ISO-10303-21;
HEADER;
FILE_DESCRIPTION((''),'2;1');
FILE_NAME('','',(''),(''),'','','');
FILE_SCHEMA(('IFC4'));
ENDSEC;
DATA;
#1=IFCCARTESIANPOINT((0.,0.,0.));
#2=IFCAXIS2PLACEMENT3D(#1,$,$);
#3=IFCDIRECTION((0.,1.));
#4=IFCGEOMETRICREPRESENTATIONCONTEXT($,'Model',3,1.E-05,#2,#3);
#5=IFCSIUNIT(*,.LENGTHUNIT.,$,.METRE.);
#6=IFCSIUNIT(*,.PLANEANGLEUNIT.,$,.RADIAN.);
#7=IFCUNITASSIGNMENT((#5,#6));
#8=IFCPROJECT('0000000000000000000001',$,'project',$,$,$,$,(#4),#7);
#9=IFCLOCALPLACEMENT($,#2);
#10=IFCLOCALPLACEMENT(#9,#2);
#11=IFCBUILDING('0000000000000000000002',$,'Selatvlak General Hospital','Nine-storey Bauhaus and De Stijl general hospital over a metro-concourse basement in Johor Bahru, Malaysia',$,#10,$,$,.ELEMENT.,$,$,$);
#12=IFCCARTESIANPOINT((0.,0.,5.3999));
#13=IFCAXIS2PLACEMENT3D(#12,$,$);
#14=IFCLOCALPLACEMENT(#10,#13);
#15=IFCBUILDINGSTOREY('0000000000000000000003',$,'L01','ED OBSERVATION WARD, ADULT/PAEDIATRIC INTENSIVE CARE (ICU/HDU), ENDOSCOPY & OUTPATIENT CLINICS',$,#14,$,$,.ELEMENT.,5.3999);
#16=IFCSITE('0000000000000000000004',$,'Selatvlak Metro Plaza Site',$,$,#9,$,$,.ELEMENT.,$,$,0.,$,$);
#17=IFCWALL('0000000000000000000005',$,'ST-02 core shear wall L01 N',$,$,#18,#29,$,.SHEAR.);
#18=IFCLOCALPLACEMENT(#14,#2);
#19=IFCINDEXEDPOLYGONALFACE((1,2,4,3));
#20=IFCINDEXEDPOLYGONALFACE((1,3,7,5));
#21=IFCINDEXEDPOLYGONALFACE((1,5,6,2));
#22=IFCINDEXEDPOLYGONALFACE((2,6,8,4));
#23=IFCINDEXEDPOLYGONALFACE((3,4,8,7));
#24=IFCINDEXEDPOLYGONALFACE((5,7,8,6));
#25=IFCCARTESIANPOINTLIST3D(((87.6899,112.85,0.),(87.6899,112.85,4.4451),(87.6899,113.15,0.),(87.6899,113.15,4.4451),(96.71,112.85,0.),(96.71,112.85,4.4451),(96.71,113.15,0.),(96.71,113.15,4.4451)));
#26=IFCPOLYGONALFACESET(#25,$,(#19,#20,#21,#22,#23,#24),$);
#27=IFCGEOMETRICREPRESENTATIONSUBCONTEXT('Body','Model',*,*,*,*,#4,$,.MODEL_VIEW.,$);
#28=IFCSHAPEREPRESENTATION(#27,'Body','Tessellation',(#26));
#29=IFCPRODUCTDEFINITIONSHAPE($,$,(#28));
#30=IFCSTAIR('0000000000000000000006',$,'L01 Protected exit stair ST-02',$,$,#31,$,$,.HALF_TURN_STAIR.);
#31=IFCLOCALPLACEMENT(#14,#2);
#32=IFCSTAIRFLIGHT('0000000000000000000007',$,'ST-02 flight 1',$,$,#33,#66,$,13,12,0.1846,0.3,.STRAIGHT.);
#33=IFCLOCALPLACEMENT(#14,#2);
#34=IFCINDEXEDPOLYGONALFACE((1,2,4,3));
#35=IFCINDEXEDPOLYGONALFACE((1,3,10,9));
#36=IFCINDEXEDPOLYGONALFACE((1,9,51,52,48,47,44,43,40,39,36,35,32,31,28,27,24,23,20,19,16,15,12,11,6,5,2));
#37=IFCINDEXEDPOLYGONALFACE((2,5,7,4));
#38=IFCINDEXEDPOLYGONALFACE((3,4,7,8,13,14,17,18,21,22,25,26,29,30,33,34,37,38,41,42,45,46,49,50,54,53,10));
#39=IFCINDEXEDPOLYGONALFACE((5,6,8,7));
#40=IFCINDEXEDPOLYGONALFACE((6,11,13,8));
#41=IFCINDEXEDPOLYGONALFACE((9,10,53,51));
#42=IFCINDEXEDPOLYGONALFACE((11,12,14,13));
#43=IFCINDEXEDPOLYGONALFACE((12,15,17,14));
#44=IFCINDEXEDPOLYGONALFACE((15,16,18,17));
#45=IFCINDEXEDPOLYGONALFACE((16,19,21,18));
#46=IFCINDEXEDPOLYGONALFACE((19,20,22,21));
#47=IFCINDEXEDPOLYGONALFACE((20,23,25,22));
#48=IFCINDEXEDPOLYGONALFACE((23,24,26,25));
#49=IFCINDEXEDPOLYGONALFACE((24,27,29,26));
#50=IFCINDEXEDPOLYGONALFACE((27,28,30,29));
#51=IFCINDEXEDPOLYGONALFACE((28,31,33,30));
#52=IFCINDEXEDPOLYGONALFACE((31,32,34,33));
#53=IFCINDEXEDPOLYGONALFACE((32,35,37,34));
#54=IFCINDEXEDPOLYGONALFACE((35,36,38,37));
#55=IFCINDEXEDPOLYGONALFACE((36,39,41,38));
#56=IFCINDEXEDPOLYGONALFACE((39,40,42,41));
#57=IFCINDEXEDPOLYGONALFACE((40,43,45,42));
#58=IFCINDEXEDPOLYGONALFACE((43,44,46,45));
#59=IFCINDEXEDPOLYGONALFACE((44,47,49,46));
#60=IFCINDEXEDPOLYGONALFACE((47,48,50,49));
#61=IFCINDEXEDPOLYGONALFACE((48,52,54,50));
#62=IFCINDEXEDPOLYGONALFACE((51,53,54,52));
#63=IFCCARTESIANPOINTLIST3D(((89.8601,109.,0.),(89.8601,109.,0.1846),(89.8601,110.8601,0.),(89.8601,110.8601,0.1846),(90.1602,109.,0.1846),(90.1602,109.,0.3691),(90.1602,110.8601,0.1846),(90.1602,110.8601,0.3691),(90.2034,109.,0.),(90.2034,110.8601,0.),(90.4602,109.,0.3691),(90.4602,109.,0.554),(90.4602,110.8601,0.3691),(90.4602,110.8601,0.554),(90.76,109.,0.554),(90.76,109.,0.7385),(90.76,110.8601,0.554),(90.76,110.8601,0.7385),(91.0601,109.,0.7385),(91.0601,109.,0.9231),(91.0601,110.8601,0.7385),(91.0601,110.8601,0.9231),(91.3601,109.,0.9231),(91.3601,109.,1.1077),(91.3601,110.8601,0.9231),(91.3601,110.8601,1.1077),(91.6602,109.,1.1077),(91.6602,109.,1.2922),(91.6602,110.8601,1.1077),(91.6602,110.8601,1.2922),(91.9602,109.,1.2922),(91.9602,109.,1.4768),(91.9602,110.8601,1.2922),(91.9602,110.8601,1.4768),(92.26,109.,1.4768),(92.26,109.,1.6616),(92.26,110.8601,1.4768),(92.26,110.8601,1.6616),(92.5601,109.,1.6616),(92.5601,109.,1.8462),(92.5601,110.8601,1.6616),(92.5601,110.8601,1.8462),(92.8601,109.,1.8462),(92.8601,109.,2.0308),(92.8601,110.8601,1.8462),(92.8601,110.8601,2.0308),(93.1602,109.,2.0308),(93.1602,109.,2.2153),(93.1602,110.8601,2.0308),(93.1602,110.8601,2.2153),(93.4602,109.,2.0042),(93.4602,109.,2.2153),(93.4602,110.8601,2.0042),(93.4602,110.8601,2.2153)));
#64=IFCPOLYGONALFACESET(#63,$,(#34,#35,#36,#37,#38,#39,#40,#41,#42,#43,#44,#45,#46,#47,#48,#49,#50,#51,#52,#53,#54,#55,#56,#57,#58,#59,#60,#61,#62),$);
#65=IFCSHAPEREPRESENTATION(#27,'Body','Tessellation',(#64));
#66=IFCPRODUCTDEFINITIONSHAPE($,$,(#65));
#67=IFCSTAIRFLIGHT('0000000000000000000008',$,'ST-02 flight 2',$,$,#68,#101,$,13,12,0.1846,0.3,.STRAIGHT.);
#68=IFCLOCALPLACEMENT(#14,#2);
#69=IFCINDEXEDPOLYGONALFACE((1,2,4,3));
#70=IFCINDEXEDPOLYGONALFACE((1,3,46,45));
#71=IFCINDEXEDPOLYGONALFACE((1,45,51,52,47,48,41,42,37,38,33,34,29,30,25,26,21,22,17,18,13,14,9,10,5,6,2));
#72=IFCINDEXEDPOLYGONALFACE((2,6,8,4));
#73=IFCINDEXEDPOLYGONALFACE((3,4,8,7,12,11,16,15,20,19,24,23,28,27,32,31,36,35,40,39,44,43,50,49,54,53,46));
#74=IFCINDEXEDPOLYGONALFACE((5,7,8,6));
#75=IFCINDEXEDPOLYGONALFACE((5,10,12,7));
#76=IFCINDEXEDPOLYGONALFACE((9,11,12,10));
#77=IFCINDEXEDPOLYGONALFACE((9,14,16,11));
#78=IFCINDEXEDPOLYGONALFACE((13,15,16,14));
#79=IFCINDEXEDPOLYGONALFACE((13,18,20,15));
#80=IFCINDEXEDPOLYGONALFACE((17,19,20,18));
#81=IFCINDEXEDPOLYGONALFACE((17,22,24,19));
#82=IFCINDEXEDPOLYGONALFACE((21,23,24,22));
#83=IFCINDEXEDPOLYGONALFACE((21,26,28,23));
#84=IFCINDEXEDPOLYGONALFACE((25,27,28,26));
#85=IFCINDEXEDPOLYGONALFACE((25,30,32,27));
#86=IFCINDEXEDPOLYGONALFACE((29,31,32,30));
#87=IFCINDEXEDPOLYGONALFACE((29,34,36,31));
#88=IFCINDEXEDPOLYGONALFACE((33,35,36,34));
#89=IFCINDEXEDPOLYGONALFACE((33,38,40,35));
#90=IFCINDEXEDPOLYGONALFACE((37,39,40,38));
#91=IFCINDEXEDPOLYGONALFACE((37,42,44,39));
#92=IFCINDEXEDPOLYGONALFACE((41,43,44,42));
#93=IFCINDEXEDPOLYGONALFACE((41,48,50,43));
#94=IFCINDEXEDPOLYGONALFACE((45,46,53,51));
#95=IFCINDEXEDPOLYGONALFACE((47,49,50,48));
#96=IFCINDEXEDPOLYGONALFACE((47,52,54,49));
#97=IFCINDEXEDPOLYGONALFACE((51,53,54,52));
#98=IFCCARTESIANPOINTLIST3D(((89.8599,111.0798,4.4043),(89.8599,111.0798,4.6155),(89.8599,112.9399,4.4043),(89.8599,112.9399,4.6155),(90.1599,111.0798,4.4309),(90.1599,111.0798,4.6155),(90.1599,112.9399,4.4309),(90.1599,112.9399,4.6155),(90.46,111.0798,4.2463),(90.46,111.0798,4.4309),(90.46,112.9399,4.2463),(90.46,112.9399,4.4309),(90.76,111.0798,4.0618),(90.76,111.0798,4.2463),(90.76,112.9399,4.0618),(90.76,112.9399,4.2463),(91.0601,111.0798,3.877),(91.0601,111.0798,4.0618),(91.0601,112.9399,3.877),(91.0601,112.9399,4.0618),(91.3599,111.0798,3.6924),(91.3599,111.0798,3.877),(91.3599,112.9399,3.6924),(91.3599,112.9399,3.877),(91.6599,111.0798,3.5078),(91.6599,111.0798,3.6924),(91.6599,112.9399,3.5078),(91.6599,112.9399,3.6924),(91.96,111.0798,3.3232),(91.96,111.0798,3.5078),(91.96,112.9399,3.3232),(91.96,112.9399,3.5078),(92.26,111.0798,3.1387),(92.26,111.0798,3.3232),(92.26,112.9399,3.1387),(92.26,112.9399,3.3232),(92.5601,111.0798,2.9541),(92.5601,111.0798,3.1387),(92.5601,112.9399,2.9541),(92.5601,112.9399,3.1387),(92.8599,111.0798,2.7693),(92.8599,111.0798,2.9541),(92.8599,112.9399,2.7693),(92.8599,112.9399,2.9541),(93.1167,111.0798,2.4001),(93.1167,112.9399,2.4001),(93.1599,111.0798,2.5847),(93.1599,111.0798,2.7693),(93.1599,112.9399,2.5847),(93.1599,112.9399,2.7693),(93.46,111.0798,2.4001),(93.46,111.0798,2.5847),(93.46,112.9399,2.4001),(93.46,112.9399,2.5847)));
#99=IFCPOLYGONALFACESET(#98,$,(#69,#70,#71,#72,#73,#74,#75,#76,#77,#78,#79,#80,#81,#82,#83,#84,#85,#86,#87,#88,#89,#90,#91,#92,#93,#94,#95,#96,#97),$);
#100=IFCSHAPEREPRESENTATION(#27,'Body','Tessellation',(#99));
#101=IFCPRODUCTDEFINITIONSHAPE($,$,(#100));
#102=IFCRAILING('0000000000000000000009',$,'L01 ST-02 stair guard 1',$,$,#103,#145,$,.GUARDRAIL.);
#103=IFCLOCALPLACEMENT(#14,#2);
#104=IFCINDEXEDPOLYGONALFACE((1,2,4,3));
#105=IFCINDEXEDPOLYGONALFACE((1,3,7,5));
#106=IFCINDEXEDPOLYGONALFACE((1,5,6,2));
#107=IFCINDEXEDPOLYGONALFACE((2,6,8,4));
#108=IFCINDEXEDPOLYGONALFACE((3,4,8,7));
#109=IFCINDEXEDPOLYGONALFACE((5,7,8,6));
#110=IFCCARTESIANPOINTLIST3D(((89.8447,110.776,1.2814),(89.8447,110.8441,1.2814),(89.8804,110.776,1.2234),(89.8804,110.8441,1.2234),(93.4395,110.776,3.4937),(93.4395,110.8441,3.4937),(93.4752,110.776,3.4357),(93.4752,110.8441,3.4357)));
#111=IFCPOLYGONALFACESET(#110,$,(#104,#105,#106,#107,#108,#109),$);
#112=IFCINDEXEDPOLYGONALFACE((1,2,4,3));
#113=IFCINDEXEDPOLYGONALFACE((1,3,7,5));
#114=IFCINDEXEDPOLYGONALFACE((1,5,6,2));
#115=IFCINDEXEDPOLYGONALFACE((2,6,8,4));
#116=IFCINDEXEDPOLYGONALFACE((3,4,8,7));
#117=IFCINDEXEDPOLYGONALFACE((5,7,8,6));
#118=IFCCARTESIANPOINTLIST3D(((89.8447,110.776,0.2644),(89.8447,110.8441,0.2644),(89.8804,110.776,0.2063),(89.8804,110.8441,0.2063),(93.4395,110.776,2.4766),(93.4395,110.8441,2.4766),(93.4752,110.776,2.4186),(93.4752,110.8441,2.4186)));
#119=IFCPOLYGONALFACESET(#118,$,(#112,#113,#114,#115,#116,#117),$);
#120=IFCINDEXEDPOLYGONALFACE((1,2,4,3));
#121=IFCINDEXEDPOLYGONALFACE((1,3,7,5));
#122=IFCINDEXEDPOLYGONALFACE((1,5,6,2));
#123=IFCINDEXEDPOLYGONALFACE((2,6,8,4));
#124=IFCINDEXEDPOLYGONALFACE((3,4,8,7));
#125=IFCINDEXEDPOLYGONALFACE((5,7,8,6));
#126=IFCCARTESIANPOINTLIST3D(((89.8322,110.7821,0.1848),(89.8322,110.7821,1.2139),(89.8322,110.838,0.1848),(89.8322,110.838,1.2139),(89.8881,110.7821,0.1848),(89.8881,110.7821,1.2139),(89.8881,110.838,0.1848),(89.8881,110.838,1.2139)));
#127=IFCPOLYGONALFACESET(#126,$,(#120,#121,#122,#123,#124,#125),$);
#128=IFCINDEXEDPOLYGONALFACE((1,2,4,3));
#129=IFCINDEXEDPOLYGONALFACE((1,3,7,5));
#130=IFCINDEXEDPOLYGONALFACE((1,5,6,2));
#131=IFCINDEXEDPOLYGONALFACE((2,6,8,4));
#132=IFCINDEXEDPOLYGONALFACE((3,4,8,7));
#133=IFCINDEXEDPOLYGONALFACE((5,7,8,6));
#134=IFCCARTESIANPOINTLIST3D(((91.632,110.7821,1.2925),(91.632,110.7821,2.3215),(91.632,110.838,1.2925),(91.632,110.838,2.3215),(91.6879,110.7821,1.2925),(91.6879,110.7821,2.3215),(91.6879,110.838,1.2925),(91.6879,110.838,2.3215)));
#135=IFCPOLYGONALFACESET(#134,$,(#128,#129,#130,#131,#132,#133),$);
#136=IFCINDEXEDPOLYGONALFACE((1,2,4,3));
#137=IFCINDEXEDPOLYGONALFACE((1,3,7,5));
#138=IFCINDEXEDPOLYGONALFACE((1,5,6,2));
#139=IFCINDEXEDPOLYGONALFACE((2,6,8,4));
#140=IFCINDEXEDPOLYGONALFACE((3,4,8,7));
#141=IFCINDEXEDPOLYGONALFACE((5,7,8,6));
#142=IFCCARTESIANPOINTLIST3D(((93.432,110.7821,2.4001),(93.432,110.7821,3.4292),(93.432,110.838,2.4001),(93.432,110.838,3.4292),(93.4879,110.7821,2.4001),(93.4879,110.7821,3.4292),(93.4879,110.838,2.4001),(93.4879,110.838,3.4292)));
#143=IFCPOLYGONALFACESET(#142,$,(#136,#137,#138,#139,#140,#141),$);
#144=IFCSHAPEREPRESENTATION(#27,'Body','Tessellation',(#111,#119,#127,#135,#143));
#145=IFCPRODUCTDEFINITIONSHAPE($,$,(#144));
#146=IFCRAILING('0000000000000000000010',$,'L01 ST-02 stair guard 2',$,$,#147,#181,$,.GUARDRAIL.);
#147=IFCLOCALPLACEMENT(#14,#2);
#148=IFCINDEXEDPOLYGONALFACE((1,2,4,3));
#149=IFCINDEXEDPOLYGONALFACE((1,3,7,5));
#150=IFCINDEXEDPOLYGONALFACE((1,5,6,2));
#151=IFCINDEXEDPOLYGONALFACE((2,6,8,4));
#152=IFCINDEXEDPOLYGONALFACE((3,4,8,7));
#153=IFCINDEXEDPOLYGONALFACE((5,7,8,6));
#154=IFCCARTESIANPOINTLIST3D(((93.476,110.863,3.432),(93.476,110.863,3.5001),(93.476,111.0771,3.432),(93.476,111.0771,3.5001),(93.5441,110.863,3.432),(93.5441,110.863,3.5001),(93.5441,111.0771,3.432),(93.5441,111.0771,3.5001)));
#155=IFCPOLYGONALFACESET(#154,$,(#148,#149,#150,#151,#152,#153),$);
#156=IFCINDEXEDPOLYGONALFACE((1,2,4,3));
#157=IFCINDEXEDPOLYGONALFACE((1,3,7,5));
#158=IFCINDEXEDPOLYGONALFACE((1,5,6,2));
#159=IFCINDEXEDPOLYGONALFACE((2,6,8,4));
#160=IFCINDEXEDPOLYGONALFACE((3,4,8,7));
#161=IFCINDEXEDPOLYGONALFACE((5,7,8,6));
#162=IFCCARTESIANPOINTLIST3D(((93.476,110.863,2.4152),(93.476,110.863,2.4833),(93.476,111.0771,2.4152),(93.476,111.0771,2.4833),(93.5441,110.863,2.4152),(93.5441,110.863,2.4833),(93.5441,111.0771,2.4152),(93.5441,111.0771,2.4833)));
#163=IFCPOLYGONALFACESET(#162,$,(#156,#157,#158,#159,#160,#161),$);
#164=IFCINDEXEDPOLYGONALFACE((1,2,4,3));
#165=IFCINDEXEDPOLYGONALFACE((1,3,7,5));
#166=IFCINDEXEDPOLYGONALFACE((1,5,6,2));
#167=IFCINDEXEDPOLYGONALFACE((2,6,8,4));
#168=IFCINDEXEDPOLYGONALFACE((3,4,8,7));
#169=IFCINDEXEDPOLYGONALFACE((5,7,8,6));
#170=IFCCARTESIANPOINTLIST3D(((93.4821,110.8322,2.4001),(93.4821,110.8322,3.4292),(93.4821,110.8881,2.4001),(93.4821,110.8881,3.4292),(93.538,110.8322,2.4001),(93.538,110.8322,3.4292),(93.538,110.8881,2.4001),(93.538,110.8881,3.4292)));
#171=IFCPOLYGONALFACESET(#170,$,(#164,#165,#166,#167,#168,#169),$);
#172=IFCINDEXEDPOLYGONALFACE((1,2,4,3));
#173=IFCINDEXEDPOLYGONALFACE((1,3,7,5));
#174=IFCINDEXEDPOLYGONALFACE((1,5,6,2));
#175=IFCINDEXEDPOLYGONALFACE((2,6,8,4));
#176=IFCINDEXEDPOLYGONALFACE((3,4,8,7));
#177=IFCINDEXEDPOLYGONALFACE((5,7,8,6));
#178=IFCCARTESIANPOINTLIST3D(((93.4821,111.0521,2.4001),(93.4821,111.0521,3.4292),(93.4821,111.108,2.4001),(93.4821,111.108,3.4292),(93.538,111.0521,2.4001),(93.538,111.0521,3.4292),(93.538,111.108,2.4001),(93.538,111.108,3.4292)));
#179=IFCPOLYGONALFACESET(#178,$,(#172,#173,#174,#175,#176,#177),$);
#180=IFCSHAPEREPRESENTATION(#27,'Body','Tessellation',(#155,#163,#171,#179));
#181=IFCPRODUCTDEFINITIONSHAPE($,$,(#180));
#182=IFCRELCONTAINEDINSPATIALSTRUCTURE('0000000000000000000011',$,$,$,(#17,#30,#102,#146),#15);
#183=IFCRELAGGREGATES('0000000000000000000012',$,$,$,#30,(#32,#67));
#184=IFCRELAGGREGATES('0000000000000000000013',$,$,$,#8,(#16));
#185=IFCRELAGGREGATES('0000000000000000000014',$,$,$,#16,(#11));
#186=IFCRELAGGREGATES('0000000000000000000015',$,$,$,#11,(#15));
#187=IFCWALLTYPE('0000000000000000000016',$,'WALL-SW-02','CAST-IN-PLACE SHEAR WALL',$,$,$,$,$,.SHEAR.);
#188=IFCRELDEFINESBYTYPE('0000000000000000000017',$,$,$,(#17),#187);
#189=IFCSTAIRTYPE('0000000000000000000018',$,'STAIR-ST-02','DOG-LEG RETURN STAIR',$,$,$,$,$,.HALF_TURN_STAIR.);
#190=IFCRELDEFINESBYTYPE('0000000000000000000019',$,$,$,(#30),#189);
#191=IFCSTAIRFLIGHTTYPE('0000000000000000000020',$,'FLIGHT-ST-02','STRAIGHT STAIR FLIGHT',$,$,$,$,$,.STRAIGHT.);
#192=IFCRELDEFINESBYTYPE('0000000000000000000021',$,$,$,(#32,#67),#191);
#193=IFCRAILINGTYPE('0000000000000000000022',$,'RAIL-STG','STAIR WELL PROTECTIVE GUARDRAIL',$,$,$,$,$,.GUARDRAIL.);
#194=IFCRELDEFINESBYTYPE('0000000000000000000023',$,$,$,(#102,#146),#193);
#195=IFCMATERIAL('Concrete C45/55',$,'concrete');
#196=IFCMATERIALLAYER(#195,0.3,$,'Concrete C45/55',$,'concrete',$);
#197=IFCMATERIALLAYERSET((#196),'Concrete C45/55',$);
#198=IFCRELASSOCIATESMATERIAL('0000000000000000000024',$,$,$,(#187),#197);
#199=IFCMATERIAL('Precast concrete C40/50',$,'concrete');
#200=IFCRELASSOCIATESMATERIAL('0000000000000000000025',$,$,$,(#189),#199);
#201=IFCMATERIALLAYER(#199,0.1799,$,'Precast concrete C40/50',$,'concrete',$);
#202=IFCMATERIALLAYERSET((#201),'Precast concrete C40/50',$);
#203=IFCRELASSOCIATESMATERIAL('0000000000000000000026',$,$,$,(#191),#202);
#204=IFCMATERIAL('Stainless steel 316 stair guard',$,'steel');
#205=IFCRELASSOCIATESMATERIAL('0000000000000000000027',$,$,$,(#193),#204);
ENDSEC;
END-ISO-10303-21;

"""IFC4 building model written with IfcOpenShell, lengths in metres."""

from ifc_helpers import new_model, si_unit, direction, frame, frame_2d, origin, origin_2d, place, context, subcontext, project, spatial, polyline, rectangle, outline, extrude, material, layer, layer_set, type_object, element, aggregate, save


model = new_model("IFC4")

# Units and contexts
model_context = context("Model", 3, precision=1e-05, world=origin(), true_north=direction((0.0, 1.0)))
body_context = subcontext(model_context, "Body", "Model", "MODEL_VIEW")
ifc_project = project(units=[si_unit("LENGTHUNIT", "METRE"), si_unit("PLANEANGLEUNIT", "RADIAN")], contexts=[model_context])

# Site, building, storey
site_placement = place(None, origin())
site = spatial("IfcSite", under=ifc_project, at=site_placement, Name="Selatvlak Metro Plaza Site", CompositionType="ELEMENT", RefElevation=0.0)
building_placement = place(site_placement, origin())
building = spatial("IfcBuilding", under=site, at=building_placement, Name="Selatvlak General Hospital", Description="Nine-storey Bauhaus and De Stijl general hospital over a metro-concourse basement in Johor Bahru, Malaysia", CompositionType="ELEMENT")
storey_placement = place(building_placement, frame((0.0, 0.0, 5.3999)))
storey = spatial("IfcBuildingStorey", under=building, at=storey_placement, Name="L01", Description="ED OBSERVATION WARD, ADULT/PAEDIATRIC INTENSIVE CARE (ICU/HDU), ENDOSCOPY & OUTPATIENT CLINICS", CompositionType="ELEMENT", Elevation=5.3999)

# Wall
ifc_material_1 = material(Name="Concrete C45/55", Category="concrete")
ifc_layer_1 = layer(ifc_material_1, 0.3, Name="Concrete C45/55", Category="concrete")
ifc_layer_set_1 = layer_set([ifc_layer_1], Name="Concrete C45/55")
wall_type_1 = type_object("IfcWallType", Name="WALL-SW-02", Description="CAST-IN-PLACE SHEAR WALL", PredefinedType="SHEAR", material=ifc_layer_set_1)
wall_1_placement = place(storey_placement, frame((96.71, 113.0, 0.0), z_axis=(0.0, 0.0, 1.0), x_axis=(-1.0, 0.0, 0.0)))
element("IfcWall", 1, at=wall_1_placement, inside=storey, type_object=wall_type_1, Name="ST-02 core shear wall L01 N", PredefinedType="SHEAR", context=body_context, shape_type="SweptSolid", body=[
    extrude(rectangle(XDim=9.02, YDim=0.3, at=frame_2d((4.51, 0.0))), origin(), (0.0, 0.0, 1.0), 4.4451),
])

# Stair, stair flights
ifc_material_2 = material(Name="Precast concrete C40/50", Category="concrete")
stair_type = type_object("IfcStairType", Name="STAIR-ST-02", Description="DOG-LEG RETURN STAIR", PredefinedType="HALF_TURN_STAIR", material=ifc_material_2)
stair_placement = place(storey_placement, origin())
stair = element("IfcStair", 2, at=stair_placement, inside=storey, type_object=stair_type, Name="L01 Protected exit stair ST-02", PredefinedType="HALF_TURN_STAIR")
ifc_layer_2 = layer(ifc_material_2, 0.1799, Name="Precast concrete C40/50", Category="concrete")
ifc_layer_set_2 = layer_set([ifc_layer_2], Name="Precast concrete C40/50")
stair_flight_type = type_object("IfcStairFlightType", Name="FLIGHT-ST-02", Description="STRAIGHT STAIR FLIGHT", PredefinedType="STRAIGHT", material=ifc_layer_set_2)
stair_flight_1_placement = place(storey_placement, frame((89.8601, 109.9299, 0.0), z_axis=(0.0, 0.0, 1.0), x_axis=(1.0, 0.0, 0.0)))
stair_flight_1 = element("IfcStairFlight", 3, at=stair_flight_1_placement, type_object=stair_flight_type, Name="ST-02 flight 1", NumberOfRisers=13, NumberOfTreads=12, PredefinedType="STRAIGHT", RiserHeight=0.1846, TreadLength=0.3, context=body_context, shape_type="SweptSolid", body=[
    extrude(outline(polyline([(0.0, 0.0), (0.0, 0.1846), (0.3, 0.1846), (0.3, 0.3691), (0.6001, 0.3691), (0.6001, 0.554), (0.8999, 0.554), (0.8999, 0.7385), (1.2, 0.7385), (1.2, 0.9231), (1.5, 0.9231), (1.5, 1.1077), (1.8, 1.1077), (1.8, 1.2922), (2.1001, 1.2922), (2.1001, 1.4768), (2.3999, 1.4768), (2.3999, 1.6616), (2.7, 1.6616), (2.7, 1.8462), (3.0, 1.8462), (3.0, 2.0308), (3.3, 2.0308), (3.3, 2.2153), (3.6001, 2.2153), (3.6001, 2.3999), (3.6001, 2.0042), (0.3433, 0.0), (0.0, 0.0)])), frame((0.0, 0.9302, 0.0), z_axis=(0.0, -1.0, 0.0), x_axis=(1.0, 0.0, 0.0)), (0.0, 0.0, 1.0), 1.8601),
])
stair_flight_2_placement = place(storey_placement, frame((93.46, 112.01, 2.4001), z_axis=(0.0, 0.0, 1.0), x_axis=(-1.0, 0.0, 0.0)))
stair_flight_2 = element("IfcStairFlight", 4, at=stair_flight_2_placement, type_object=stair_flight_type, Name="ST-02 flight 2", NumberOfRisers=13, NumberOfTreads=12, PredefinedType="STRAIGHT", RiserHeight=0.1846, TreadLength=0.3, context=body_context, shape_type="SweptSolid", body=[
    extrude(outline(polyline([(0.0, 0.0), (0.0, 0.1846), (0.3, 0.1846), (0.3, 0.3691), (0.6001, 0.3691), (0.6001, 0.554), (0.8999, 0.554), (0.8999, 0.7385), (1.2, 0.7385), (1.2, 0.9231), (1.5, 0.9231), (1.5, 1.1077), (1.8, 1.1077), (1.8, 1.2922), (2.1001, 1.2922), (2.1001, 1.4768), (2.3999, 1.4768), (2.3999, 1.6616), (2.7, 1.6616), (2.7, 1.8462), (3.0, 1.8462), (3.0, 2.0308), (3.3, 2.0308), (3.3, 2.2153), (3.6001, 2.2153), (3.6001, 2.3999), (3.6001, 2.0042), (0.3433, 0.0), (0.0, 0.0)])), frame((0.0, 0.9302, 0.0), z_axis=(0.0, -1.0, 0.0), x_axis=(1.0, 0.0, 0.0)), (0.0, 0.0, 1.0), 1.8601),
])
aggregate(stair, [stair_flight_1, stair_flight_2])

# Railings
ifc_material_3 = material(Name="Stainless steel 316 stair guard", Category="steel")
railing_type_1 = type_object("IfcRailingType", Name="RAIL-STG", Description="STAIR WELL PROTECTIVE GUARDRAIL", PredefinedType="GUARDRAIL", material=ifc_material_3)
railing_1_placement = place(storey_placement, frame((89.8601, 110.8101, 0.1848)))
element("IfcRailing", 5, at=railing_1_placement, inside=storey, type_object=railing_type_1, Name="L01 ST-02 stair guard 1", PredefinedType="GUARDRAIL", context=body_context, shape_type="SweptSolid", body=[
    extrude(rectangle(XDim=0.0681, YDim=0.0681, at=origin_2d()), frame((0.0024, 0.0, 1.0676), z_axis=(0.851654, 0.0, 0.524104), x_axis=(0.0, 1.0, 0.0)), (0.0, 0.0, 1.0), 4.2209),
    extrude(rectangle(XDim=0.0681, YDim=0.0681, at=origin_2d()), frame((0.0024, 0.0, 0.0505), z_axis=(0.851654, 0.0, 0.524104), x_axis=(0.0, 1.0, 0.0)), (0.0, 0.0, 1.0), 4.2209),
    extrude(rectangle(XDim=0.0559, YDim=0.0559, at=origin_2d()), origin(), (0.0, 0.0, 1.0), 1.0291),
    extrude(rectangle(XDim=0.0559, YDim=0.0559, at=origin_2d()), frame((1.7998, 0.0, 1.1077)), (0.0, 0.0, 1.0), 1.0291),
    extrude(rectangle(XDim=0.0559, YDim=0.0559, at=origin_2d()), frame((3.5999, 0.0, 2.2153)), (0.0, 0.0, 1.0), 1.0291),
])
railing_2_placement = place(storey_placement, frame((93.51, 110.8601, 2.4001)))
element("IfcRailing", 6, at=railing_2_placement, inside=storey, type_object=railing_type_1, Name="L01 ST-02 stair guard 2", PredefinedType="GUARDRAIL", context=body_context, shape_type="SweptSolid", body=[
    extrude(rectangle(XDim=0.0681, YDim=0.0681, at=origin_2d()), frame((0.0, 0.0029, 1.0659), z_axis=(0.0, 1.0, 0.0), x_axis=(-1.0, 0.0, 0.0)), (0.0, 0.0, 1.0), 0.2141),
    extrude(rectangle(XDim=0.0681, YDim=0.0681, at=origin_2d()), frame((0.0, 0.0029, 0.0491), z_axis=(0.0, 1.0, 0.0), x_axis=(-1.0, 0.0, 0.0)), (0.0, 0.0, 1.0), 0.2141),
    extrude(rectangle(XDim=0.0559, YDim=0.0559, at=origin_2d()), origin(), (0.0, 0.0, 1.0), 1.0291),
    extrude(rectangle(XDim=0.0559, YDim=0.0559, at=origin_2d()), frame((0.0, 0.22, 0.0)), (0.0, 0.0, 1.0), 1.0291),
])

save(model, "model.ifc")
